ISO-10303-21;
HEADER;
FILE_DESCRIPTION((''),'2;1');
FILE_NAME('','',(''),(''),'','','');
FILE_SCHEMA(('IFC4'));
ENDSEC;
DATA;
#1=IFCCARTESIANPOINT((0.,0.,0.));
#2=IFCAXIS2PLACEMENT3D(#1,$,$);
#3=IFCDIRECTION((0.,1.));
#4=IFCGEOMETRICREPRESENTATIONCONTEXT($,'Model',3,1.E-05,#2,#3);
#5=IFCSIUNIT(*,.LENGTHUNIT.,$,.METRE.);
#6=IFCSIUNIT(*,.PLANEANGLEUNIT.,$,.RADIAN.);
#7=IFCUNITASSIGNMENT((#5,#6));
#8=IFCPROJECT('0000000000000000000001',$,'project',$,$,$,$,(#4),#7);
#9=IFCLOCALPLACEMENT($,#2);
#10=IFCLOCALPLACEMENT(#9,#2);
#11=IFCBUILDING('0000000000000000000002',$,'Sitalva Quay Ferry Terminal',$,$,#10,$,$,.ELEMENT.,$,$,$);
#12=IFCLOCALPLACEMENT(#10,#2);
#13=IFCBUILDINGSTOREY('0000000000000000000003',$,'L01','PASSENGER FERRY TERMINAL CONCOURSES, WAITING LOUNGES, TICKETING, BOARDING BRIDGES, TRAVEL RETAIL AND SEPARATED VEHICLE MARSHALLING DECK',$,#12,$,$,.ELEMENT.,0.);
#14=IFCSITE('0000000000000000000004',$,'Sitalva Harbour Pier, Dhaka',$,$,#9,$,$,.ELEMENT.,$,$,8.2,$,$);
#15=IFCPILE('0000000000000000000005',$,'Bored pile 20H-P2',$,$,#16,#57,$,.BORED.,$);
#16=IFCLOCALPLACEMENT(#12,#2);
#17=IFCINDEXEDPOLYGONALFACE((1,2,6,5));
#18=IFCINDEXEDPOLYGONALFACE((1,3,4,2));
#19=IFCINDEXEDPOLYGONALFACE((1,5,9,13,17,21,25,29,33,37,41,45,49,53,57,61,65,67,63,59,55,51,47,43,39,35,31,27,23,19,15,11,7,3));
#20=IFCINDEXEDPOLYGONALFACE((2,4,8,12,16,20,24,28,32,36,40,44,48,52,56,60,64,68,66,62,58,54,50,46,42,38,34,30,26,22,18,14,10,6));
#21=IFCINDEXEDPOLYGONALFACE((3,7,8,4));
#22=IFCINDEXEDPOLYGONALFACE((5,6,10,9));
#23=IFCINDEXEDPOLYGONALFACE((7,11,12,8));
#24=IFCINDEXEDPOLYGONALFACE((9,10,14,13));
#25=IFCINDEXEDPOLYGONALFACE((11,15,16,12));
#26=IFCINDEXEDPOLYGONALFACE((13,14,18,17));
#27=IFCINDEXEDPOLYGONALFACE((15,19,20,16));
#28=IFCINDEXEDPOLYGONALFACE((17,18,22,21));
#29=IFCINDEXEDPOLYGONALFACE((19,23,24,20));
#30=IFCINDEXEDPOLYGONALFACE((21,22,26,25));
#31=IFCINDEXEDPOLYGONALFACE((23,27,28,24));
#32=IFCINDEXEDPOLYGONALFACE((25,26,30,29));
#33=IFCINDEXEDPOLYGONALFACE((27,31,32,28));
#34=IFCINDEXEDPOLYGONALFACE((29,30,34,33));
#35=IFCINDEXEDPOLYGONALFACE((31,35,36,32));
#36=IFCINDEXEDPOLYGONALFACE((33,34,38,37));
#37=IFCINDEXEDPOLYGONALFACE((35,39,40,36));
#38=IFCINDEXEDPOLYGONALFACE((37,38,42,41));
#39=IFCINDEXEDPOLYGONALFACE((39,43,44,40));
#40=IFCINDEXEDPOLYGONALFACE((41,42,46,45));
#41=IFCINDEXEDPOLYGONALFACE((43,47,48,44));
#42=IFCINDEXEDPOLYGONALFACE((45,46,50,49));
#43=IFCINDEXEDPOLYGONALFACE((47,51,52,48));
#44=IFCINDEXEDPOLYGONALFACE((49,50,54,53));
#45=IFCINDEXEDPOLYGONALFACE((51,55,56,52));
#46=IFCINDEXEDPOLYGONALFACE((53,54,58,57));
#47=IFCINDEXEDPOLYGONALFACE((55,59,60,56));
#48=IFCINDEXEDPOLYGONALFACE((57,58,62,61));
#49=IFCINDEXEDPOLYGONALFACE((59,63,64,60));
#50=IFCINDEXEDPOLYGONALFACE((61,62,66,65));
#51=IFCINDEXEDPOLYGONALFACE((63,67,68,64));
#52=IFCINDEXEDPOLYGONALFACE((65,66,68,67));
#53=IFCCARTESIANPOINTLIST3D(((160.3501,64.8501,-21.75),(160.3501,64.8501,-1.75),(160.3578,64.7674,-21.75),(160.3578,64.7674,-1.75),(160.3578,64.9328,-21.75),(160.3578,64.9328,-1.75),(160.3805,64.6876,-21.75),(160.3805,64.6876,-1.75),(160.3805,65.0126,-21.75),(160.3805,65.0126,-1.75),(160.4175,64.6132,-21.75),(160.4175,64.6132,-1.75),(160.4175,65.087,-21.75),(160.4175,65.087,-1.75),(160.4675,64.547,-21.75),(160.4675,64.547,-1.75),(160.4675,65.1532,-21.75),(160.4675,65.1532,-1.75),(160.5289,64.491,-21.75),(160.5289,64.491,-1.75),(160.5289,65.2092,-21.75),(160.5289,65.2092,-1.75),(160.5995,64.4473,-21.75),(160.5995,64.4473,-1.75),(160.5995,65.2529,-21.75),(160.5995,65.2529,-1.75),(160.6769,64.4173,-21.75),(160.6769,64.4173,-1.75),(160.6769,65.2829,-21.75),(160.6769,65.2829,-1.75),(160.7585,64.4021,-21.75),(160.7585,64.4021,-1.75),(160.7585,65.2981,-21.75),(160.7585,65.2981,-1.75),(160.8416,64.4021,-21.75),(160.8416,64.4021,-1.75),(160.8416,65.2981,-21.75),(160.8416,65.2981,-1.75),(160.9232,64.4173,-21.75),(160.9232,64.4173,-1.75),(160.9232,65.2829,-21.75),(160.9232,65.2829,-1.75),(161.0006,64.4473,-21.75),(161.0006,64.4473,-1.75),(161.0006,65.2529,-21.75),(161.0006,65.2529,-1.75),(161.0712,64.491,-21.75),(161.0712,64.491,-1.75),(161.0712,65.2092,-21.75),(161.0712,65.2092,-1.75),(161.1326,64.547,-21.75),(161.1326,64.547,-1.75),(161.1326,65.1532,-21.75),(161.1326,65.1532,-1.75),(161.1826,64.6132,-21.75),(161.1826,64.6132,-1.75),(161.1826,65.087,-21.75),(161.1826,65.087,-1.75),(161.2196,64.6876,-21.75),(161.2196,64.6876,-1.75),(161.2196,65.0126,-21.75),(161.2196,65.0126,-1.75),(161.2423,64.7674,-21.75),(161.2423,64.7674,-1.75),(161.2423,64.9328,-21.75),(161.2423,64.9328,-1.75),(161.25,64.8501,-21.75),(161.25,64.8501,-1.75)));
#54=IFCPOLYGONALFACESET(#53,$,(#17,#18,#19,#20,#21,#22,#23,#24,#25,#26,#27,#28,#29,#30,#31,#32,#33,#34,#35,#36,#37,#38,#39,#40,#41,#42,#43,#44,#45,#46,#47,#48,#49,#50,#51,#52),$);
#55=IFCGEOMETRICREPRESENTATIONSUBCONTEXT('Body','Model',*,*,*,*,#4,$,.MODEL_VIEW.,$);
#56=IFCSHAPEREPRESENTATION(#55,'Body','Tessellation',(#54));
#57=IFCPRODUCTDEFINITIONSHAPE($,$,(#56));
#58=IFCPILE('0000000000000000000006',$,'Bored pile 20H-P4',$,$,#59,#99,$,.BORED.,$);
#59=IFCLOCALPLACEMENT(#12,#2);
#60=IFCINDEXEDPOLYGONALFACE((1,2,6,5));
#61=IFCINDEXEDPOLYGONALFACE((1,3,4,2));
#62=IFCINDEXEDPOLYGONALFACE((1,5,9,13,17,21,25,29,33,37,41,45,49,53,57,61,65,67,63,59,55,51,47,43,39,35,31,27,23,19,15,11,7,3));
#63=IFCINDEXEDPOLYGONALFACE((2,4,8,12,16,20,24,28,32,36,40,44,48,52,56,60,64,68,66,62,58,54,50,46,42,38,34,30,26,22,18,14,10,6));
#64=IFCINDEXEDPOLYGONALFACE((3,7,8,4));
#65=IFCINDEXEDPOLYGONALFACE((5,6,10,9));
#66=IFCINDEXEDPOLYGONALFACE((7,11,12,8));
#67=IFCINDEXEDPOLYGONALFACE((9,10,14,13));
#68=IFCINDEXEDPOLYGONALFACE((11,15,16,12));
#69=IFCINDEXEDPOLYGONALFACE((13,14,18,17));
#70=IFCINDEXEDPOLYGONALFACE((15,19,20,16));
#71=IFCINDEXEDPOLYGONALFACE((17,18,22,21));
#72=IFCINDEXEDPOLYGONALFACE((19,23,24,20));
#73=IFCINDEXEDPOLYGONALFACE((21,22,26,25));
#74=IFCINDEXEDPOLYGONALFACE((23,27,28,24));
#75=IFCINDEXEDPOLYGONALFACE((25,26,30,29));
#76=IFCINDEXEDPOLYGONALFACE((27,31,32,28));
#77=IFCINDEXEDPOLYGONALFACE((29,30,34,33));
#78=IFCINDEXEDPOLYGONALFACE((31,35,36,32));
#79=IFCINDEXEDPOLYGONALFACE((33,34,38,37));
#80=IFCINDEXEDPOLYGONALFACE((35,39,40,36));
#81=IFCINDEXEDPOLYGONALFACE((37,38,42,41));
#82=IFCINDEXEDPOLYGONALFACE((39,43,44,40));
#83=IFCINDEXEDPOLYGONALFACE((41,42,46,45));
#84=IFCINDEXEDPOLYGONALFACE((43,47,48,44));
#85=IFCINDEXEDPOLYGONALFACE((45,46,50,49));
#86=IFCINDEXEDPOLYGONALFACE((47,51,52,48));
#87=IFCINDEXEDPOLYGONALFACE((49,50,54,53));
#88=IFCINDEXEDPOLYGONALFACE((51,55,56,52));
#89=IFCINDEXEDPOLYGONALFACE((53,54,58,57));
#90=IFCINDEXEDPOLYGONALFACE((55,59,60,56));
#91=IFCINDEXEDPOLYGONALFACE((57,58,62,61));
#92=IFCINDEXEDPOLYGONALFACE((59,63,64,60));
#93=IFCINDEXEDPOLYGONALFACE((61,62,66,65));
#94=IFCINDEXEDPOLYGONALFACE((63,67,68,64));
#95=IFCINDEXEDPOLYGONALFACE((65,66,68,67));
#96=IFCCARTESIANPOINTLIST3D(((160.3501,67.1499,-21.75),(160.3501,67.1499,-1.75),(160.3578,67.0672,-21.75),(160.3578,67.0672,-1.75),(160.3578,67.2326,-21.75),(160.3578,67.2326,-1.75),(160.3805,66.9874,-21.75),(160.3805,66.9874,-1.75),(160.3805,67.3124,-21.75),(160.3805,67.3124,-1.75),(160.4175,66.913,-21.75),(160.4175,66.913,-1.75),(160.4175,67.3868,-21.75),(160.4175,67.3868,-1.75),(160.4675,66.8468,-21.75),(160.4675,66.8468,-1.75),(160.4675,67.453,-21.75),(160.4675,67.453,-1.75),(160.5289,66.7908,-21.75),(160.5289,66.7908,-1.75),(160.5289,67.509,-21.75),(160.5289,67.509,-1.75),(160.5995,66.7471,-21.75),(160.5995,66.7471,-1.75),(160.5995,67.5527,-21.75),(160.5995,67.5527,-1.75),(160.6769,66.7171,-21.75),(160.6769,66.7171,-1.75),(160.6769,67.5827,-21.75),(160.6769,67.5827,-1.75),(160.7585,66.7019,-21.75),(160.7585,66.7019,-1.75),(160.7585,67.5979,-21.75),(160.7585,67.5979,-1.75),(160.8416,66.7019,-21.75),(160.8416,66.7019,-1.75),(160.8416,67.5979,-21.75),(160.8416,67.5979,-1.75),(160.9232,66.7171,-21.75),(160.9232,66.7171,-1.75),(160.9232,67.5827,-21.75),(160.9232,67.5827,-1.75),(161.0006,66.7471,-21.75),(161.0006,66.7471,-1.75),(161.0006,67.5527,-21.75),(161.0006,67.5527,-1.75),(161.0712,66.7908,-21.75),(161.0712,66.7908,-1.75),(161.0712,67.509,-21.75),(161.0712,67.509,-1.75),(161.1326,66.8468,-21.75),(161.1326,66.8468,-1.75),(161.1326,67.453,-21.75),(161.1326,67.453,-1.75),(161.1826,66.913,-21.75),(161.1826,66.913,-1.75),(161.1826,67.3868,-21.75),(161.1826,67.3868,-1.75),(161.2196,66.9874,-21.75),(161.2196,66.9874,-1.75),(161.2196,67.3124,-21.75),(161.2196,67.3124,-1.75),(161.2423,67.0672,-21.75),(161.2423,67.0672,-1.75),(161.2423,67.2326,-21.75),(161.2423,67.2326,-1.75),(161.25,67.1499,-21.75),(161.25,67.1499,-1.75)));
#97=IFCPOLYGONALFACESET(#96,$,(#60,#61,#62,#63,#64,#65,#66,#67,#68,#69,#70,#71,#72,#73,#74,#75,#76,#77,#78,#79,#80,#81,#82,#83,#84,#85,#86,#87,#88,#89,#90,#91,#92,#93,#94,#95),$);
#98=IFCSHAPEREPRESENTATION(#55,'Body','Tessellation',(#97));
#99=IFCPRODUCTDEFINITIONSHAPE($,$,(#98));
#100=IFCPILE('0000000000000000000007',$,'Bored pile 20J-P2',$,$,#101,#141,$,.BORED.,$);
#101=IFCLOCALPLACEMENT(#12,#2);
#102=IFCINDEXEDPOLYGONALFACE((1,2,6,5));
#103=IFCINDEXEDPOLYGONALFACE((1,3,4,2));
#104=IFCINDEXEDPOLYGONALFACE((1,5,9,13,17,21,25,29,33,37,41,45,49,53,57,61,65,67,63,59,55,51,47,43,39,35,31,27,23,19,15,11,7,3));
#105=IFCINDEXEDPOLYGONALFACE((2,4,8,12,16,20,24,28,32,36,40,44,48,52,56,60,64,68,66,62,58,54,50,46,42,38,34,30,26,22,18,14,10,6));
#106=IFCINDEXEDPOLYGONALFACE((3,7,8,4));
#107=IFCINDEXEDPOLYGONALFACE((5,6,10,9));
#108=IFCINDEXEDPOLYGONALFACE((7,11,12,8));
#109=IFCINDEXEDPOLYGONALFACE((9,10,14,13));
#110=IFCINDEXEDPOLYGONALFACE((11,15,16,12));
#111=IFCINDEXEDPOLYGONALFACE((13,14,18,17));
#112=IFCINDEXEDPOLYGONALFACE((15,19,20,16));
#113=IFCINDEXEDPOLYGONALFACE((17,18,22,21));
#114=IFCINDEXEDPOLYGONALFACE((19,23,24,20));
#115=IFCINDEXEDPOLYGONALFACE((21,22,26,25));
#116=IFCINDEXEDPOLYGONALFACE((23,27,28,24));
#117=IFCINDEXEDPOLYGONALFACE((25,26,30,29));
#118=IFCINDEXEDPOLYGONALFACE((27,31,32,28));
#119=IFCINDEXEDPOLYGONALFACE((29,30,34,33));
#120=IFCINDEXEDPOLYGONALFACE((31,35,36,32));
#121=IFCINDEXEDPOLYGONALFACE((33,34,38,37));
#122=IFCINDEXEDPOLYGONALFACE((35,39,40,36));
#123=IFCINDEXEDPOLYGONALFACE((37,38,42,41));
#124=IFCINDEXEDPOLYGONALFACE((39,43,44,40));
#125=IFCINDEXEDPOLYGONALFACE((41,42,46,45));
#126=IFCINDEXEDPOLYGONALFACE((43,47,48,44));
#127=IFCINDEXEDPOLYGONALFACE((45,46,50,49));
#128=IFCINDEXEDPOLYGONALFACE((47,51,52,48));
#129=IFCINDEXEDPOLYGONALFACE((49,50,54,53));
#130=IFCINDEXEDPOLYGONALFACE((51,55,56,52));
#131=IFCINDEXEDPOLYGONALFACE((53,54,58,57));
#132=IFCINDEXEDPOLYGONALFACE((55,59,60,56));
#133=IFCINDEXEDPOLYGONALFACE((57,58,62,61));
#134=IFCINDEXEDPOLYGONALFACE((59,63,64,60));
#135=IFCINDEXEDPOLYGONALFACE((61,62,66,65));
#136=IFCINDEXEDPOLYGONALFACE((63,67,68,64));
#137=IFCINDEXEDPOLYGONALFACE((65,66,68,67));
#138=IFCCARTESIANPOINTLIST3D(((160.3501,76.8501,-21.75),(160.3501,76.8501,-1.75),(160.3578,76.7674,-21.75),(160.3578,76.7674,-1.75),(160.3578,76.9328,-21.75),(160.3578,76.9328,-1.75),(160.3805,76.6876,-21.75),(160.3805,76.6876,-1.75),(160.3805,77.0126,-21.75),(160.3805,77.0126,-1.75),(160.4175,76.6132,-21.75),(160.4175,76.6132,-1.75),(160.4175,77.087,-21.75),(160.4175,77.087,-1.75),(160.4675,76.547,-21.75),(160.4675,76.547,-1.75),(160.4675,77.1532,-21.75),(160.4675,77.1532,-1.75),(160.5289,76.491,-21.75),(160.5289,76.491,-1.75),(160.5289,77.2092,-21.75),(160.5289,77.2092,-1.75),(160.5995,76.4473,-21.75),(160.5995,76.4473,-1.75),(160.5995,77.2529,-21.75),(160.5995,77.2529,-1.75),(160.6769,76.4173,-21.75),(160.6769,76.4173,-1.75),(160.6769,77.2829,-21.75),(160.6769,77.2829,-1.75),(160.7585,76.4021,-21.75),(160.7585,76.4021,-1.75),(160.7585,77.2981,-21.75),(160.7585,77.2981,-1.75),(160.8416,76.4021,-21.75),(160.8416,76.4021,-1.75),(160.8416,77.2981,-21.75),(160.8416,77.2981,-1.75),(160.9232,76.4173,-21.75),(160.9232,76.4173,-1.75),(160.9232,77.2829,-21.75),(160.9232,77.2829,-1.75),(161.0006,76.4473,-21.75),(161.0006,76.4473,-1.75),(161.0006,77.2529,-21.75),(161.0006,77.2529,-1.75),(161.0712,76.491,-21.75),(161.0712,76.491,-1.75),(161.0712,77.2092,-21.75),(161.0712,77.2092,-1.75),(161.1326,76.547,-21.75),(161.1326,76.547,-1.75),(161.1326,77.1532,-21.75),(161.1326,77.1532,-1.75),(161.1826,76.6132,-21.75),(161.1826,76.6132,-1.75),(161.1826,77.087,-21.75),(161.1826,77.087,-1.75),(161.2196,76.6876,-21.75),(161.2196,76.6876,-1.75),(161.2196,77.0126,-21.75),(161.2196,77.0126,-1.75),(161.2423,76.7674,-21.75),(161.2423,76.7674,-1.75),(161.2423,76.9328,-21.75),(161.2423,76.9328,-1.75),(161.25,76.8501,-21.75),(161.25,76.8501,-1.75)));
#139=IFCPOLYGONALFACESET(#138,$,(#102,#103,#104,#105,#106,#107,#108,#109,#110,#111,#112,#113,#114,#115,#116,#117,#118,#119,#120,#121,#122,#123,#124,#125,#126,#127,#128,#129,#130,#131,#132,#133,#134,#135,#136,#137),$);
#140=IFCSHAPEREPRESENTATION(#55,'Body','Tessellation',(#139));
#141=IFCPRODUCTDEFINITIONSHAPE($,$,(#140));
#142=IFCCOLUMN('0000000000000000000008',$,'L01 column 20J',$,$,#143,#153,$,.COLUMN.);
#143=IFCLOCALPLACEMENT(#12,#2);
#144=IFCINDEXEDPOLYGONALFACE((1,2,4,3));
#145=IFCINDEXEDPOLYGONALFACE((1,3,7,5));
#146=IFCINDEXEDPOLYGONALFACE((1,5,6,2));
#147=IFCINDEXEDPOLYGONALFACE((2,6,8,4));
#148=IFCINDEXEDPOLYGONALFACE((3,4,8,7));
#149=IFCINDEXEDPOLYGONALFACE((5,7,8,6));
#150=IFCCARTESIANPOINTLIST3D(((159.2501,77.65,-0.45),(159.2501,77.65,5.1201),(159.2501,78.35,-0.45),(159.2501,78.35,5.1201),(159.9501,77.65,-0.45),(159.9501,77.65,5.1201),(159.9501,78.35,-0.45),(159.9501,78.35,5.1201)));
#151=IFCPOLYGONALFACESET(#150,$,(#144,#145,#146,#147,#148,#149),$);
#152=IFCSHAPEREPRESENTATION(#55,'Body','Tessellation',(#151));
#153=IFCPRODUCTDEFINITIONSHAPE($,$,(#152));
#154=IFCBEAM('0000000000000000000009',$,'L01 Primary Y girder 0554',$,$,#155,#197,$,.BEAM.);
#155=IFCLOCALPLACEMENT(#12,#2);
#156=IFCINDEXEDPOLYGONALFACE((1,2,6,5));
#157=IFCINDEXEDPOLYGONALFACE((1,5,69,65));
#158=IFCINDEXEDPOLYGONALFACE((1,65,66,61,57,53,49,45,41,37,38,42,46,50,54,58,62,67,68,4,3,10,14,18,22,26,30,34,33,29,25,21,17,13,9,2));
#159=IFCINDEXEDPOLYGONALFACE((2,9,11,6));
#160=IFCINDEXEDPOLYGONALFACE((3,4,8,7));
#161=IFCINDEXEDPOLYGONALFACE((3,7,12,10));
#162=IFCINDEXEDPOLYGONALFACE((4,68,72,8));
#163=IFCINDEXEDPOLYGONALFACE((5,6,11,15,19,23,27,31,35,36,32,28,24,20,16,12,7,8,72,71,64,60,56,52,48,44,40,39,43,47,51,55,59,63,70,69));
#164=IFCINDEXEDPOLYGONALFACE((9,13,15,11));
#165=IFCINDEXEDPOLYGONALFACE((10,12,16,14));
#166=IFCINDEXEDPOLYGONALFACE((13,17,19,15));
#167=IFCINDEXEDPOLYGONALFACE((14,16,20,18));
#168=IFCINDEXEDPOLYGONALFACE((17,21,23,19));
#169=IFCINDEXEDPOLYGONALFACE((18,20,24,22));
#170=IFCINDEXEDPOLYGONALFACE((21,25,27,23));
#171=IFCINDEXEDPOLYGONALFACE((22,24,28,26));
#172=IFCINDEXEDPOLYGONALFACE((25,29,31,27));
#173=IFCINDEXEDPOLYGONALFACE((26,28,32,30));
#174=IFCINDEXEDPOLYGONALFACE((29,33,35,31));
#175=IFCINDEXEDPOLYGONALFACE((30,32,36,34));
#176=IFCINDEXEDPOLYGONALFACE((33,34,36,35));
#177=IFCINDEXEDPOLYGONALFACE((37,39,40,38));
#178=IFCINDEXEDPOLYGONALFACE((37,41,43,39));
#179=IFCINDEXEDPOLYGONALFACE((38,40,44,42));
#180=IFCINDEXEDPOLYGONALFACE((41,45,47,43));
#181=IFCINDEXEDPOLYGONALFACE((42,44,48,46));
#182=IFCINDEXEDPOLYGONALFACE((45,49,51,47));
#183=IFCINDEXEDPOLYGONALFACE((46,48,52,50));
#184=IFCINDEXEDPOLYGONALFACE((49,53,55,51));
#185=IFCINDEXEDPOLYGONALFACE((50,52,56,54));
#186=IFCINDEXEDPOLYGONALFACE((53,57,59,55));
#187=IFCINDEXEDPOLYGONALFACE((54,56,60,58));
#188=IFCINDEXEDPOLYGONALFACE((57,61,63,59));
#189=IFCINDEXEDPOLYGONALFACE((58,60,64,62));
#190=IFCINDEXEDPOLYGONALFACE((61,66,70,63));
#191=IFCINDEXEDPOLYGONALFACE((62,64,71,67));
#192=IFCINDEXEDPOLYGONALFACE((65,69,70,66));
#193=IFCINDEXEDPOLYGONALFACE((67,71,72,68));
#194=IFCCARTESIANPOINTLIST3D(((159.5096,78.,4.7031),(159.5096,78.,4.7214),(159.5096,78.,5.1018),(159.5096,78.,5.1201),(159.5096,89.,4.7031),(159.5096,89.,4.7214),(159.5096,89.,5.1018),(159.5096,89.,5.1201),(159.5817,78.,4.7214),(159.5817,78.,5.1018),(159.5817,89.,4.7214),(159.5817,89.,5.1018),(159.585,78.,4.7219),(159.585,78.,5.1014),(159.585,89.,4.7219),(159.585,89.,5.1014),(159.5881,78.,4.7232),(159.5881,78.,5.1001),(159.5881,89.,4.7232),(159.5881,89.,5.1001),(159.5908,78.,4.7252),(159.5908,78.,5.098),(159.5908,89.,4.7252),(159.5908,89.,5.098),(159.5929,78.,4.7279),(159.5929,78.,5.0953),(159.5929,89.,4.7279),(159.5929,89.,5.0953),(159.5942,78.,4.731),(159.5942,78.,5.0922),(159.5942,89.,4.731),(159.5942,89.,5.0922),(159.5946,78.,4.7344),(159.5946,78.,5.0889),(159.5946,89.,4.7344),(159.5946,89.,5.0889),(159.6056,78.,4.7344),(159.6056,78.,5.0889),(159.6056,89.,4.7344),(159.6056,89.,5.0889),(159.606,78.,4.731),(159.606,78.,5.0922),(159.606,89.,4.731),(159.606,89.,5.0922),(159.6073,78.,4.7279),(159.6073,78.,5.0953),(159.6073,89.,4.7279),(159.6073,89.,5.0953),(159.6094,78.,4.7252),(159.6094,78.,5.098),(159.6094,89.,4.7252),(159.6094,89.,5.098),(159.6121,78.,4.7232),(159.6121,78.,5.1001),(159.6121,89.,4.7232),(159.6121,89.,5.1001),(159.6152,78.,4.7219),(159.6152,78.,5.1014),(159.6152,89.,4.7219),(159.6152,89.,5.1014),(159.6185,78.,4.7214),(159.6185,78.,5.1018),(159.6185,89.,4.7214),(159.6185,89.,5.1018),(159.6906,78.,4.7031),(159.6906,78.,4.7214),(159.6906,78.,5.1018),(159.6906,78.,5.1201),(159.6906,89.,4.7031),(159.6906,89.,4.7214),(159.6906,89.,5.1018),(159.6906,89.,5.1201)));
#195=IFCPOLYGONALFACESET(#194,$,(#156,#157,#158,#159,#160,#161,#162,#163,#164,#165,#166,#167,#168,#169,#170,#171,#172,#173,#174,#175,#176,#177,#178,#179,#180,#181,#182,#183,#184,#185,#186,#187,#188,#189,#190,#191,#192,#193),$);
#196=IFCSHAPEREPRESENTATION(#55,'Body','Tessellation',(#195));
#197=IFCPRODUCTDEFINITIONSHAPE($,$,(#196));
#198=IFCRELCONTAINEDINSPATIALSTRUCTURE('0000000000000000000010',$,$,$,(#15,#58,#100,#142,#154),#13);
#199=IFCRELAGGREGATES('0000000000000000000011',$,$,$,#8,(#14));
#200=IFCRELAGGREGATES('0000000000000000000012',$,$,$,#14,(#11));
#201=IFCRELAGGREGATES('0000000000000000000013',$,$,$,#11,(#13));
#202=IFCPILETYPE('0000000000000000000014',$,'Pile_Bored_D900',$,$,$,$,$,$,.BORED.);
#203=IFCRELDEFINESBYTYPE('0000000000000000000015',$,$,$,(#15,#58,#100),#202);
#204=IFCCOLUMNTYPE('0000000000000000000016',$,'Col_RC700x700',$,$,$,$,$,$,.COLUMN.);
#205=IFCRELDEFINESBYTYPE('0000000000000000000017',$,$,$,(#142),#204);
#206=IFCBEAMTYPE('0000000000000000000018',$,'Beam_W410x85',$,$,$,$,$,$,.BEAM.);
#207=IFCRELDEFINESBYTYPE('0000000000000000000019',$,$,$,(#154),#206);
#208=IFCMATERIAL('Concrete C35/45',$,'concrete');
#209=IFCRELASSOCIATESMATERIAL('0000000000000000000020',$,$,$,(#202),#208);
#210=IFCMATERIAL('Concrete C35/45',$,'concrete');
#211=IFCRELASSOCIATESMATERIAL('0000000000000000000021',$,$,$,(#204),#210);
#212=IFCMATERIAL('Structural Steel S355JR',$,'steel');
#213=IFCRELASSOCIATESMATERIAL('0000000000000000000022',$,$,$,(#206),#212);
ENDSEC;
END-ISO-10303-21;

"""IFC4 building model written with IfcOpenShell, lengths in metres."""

from ifc_helpers import new_model, si_unit, direction, frame, origin, origin_2d, place, context, subcontext, project, spatial, rectangle, circle, i_section, extrude, material, material_profile, profile_set, type_object, element, save


model = new_model("IFC4")

# Units and contexts
model_context = context("Model", 3, precision=1e-05, world=origin(), true_north=direction((0.0, 1.0)))
body_context = subcontext(model_context, "Body", "Model", "MODEL_VIEW")
ifc_project = project(units=[si_unit("LENGTHUNIT", "METRE"), si_unit("PLANEANGLEUNIT", "RADIAN")], contexts=[model_context])

# Site, building, storey
site_placement = place(None, origin())
site = spatial("IfcSite", under=ifc_project, at=site_placement, Name="Sitalva Harbour Pier, Dhaka", CompositionType="ELEMENT", RefElevation=8.2)
building_placement = place(site_placement, origin())
building = spatial("IfcBuilding", under=site, at=building_placement, Name="Sitalva Quay Ferry Terminal", CompositionType="ELEMENT")
storey_placement = place(building_placement, origin())
storey = spatial("IfcBuildingStorey", under=building, at=storey_placement, Name="L01", Description="PASSENGER FERRY TERMINAL CONCOURSES, WAITING LOUNGES, TICKETING, BOARDING BRIDGES, TRAVEL RETAIL AND SEPARATED VEHICLE MARSHALLING DECK", CompositionType="ELEMENT", Elevation=0.0)

# Piles
ifc_material_1 = material(Name="Concrete C35/45", Category="concrete")
ifc_material_profile_1 = material_profile(ifc_material_1, circle(Radius=0.45, at=origin_2d()), Name="PILE-D900")
ifc_profile_set_1 = profile_set([ifc_material_profile_1], Name="Concrete C35/45")
pile_type_1 = type_object("IfcPileType", Name="Pile_Bored_D900", PredefinedType="BORED", material=ifc_profile_set_1)
for number, where, z_axis, x_axis, name in (
    (1, (160.8, 64.8501, -1.75), (0.0, 0.0, -1.0), (1.0, 0.0, 0.0), "Bored pile 20H-P2"),
    (2, (160.8, 67.1499, -1.75), (0.0, 0.0, -1.0), (1.0, 0.0, 0.0), "Bored pile 20H-P4"),
    (3, (160.8, 76.8501, -1.75), (0.0, 0.0, -1.0), (1.0, 0.0, 0.0), "Bored pile 20J-P2"),
):
    element("IfcPile", number, at=place(storey_placement, frame(where, z_axis=z_axis, x_axis=x_axis)), inside=storey, type_object=pile_type_1, Name=name, PredefinedType="BORED", context=body_context, shape_type="SweptSolid", body=[
        extrude(circle(Radius=0.45, at=origin_2d()), origin(), (0.0, 0.0, 1.0), 20.0),
    ])

# Column
ifc_material_2 = material(Name="Concrete C35/45", Category="concrete")
ifc_material_profile_2 = material_profile(ifc_material_2, rectangle(XDim=0.7, YDim=0.7, at=origin_2d()), Name="RC700x700")
ifc_profile_set_2 = profile_set([ifc_material_profile_2], Name="Concrete C35/45")
column_type = type_object("IfcColumnType", Name="Col_RC700x700", PredefinedType="COLUMN", material=ifc_profile_set_2)
column_placement = place(storey_placement, frame((159.6001, 78.0, -0.45), z_axis=(0.0, 0.0, 1.0), x_axis=(1.0, 0.0, 0.0)))
element("IfcColumn", 4, at=column_placement, inside=storey, type_object=column_type, Name="L01 column 20J", PredefinedType="COLUMN", context=body_context, shape_type="SweptSolid", body=[
    extrude(rectangle(XDim=0.7, YDim=0.7, at=origin_2d()), origin(), (0.0, 0.0, 1.0), 5.5701),
])

# Beam
ifc_material_3 = material(Name="Structural Steel S355JR", Category="steel")
ifc_material_profile_3 = material_profile(ifc_material_3, i_section(OverallWidth=0.1809, OverallDepth=0.417, WebThickness=0.011, FlangeThickness=0.0183, FilletRadius=0.0129, at=origin_2d()), Name="W410x85")
ifc_profile_set_3 = profile_set([ifc_material_profile_3], Name="Structural Steel S355JR")
beam_type_1 = type_object("IfcBeamType", Name="Beam_W410x85", PredefinedType="BEAM", material=ifc_profile_set_3)
beam_1_placement = place(storey_placement, frame((159.6001, 78.0, 4.9116), z_axis=(0.0, 1.0, 0.0), x_axis=(-1.0, 0.0, 0.0)))
element("IfcBeam", 5, at=beam_1_placement, inside=storey, type_object=beam_type_1, Name="L01 Primary Y girder 0554", PredefinedType="BEAM", context=body_context, shape_type="SweptSolid", body=[
    extrude(i_section(OverallWidth=0.1809, OverallDepth=0.417, WebThickness=0.011, FlangeThickness=0.0183, FilletRadius=0.0129, at=origin_2d()), origin(), (0.0, 0.0, 1.0), 11.0),
])

save(model, "model.ifc")
